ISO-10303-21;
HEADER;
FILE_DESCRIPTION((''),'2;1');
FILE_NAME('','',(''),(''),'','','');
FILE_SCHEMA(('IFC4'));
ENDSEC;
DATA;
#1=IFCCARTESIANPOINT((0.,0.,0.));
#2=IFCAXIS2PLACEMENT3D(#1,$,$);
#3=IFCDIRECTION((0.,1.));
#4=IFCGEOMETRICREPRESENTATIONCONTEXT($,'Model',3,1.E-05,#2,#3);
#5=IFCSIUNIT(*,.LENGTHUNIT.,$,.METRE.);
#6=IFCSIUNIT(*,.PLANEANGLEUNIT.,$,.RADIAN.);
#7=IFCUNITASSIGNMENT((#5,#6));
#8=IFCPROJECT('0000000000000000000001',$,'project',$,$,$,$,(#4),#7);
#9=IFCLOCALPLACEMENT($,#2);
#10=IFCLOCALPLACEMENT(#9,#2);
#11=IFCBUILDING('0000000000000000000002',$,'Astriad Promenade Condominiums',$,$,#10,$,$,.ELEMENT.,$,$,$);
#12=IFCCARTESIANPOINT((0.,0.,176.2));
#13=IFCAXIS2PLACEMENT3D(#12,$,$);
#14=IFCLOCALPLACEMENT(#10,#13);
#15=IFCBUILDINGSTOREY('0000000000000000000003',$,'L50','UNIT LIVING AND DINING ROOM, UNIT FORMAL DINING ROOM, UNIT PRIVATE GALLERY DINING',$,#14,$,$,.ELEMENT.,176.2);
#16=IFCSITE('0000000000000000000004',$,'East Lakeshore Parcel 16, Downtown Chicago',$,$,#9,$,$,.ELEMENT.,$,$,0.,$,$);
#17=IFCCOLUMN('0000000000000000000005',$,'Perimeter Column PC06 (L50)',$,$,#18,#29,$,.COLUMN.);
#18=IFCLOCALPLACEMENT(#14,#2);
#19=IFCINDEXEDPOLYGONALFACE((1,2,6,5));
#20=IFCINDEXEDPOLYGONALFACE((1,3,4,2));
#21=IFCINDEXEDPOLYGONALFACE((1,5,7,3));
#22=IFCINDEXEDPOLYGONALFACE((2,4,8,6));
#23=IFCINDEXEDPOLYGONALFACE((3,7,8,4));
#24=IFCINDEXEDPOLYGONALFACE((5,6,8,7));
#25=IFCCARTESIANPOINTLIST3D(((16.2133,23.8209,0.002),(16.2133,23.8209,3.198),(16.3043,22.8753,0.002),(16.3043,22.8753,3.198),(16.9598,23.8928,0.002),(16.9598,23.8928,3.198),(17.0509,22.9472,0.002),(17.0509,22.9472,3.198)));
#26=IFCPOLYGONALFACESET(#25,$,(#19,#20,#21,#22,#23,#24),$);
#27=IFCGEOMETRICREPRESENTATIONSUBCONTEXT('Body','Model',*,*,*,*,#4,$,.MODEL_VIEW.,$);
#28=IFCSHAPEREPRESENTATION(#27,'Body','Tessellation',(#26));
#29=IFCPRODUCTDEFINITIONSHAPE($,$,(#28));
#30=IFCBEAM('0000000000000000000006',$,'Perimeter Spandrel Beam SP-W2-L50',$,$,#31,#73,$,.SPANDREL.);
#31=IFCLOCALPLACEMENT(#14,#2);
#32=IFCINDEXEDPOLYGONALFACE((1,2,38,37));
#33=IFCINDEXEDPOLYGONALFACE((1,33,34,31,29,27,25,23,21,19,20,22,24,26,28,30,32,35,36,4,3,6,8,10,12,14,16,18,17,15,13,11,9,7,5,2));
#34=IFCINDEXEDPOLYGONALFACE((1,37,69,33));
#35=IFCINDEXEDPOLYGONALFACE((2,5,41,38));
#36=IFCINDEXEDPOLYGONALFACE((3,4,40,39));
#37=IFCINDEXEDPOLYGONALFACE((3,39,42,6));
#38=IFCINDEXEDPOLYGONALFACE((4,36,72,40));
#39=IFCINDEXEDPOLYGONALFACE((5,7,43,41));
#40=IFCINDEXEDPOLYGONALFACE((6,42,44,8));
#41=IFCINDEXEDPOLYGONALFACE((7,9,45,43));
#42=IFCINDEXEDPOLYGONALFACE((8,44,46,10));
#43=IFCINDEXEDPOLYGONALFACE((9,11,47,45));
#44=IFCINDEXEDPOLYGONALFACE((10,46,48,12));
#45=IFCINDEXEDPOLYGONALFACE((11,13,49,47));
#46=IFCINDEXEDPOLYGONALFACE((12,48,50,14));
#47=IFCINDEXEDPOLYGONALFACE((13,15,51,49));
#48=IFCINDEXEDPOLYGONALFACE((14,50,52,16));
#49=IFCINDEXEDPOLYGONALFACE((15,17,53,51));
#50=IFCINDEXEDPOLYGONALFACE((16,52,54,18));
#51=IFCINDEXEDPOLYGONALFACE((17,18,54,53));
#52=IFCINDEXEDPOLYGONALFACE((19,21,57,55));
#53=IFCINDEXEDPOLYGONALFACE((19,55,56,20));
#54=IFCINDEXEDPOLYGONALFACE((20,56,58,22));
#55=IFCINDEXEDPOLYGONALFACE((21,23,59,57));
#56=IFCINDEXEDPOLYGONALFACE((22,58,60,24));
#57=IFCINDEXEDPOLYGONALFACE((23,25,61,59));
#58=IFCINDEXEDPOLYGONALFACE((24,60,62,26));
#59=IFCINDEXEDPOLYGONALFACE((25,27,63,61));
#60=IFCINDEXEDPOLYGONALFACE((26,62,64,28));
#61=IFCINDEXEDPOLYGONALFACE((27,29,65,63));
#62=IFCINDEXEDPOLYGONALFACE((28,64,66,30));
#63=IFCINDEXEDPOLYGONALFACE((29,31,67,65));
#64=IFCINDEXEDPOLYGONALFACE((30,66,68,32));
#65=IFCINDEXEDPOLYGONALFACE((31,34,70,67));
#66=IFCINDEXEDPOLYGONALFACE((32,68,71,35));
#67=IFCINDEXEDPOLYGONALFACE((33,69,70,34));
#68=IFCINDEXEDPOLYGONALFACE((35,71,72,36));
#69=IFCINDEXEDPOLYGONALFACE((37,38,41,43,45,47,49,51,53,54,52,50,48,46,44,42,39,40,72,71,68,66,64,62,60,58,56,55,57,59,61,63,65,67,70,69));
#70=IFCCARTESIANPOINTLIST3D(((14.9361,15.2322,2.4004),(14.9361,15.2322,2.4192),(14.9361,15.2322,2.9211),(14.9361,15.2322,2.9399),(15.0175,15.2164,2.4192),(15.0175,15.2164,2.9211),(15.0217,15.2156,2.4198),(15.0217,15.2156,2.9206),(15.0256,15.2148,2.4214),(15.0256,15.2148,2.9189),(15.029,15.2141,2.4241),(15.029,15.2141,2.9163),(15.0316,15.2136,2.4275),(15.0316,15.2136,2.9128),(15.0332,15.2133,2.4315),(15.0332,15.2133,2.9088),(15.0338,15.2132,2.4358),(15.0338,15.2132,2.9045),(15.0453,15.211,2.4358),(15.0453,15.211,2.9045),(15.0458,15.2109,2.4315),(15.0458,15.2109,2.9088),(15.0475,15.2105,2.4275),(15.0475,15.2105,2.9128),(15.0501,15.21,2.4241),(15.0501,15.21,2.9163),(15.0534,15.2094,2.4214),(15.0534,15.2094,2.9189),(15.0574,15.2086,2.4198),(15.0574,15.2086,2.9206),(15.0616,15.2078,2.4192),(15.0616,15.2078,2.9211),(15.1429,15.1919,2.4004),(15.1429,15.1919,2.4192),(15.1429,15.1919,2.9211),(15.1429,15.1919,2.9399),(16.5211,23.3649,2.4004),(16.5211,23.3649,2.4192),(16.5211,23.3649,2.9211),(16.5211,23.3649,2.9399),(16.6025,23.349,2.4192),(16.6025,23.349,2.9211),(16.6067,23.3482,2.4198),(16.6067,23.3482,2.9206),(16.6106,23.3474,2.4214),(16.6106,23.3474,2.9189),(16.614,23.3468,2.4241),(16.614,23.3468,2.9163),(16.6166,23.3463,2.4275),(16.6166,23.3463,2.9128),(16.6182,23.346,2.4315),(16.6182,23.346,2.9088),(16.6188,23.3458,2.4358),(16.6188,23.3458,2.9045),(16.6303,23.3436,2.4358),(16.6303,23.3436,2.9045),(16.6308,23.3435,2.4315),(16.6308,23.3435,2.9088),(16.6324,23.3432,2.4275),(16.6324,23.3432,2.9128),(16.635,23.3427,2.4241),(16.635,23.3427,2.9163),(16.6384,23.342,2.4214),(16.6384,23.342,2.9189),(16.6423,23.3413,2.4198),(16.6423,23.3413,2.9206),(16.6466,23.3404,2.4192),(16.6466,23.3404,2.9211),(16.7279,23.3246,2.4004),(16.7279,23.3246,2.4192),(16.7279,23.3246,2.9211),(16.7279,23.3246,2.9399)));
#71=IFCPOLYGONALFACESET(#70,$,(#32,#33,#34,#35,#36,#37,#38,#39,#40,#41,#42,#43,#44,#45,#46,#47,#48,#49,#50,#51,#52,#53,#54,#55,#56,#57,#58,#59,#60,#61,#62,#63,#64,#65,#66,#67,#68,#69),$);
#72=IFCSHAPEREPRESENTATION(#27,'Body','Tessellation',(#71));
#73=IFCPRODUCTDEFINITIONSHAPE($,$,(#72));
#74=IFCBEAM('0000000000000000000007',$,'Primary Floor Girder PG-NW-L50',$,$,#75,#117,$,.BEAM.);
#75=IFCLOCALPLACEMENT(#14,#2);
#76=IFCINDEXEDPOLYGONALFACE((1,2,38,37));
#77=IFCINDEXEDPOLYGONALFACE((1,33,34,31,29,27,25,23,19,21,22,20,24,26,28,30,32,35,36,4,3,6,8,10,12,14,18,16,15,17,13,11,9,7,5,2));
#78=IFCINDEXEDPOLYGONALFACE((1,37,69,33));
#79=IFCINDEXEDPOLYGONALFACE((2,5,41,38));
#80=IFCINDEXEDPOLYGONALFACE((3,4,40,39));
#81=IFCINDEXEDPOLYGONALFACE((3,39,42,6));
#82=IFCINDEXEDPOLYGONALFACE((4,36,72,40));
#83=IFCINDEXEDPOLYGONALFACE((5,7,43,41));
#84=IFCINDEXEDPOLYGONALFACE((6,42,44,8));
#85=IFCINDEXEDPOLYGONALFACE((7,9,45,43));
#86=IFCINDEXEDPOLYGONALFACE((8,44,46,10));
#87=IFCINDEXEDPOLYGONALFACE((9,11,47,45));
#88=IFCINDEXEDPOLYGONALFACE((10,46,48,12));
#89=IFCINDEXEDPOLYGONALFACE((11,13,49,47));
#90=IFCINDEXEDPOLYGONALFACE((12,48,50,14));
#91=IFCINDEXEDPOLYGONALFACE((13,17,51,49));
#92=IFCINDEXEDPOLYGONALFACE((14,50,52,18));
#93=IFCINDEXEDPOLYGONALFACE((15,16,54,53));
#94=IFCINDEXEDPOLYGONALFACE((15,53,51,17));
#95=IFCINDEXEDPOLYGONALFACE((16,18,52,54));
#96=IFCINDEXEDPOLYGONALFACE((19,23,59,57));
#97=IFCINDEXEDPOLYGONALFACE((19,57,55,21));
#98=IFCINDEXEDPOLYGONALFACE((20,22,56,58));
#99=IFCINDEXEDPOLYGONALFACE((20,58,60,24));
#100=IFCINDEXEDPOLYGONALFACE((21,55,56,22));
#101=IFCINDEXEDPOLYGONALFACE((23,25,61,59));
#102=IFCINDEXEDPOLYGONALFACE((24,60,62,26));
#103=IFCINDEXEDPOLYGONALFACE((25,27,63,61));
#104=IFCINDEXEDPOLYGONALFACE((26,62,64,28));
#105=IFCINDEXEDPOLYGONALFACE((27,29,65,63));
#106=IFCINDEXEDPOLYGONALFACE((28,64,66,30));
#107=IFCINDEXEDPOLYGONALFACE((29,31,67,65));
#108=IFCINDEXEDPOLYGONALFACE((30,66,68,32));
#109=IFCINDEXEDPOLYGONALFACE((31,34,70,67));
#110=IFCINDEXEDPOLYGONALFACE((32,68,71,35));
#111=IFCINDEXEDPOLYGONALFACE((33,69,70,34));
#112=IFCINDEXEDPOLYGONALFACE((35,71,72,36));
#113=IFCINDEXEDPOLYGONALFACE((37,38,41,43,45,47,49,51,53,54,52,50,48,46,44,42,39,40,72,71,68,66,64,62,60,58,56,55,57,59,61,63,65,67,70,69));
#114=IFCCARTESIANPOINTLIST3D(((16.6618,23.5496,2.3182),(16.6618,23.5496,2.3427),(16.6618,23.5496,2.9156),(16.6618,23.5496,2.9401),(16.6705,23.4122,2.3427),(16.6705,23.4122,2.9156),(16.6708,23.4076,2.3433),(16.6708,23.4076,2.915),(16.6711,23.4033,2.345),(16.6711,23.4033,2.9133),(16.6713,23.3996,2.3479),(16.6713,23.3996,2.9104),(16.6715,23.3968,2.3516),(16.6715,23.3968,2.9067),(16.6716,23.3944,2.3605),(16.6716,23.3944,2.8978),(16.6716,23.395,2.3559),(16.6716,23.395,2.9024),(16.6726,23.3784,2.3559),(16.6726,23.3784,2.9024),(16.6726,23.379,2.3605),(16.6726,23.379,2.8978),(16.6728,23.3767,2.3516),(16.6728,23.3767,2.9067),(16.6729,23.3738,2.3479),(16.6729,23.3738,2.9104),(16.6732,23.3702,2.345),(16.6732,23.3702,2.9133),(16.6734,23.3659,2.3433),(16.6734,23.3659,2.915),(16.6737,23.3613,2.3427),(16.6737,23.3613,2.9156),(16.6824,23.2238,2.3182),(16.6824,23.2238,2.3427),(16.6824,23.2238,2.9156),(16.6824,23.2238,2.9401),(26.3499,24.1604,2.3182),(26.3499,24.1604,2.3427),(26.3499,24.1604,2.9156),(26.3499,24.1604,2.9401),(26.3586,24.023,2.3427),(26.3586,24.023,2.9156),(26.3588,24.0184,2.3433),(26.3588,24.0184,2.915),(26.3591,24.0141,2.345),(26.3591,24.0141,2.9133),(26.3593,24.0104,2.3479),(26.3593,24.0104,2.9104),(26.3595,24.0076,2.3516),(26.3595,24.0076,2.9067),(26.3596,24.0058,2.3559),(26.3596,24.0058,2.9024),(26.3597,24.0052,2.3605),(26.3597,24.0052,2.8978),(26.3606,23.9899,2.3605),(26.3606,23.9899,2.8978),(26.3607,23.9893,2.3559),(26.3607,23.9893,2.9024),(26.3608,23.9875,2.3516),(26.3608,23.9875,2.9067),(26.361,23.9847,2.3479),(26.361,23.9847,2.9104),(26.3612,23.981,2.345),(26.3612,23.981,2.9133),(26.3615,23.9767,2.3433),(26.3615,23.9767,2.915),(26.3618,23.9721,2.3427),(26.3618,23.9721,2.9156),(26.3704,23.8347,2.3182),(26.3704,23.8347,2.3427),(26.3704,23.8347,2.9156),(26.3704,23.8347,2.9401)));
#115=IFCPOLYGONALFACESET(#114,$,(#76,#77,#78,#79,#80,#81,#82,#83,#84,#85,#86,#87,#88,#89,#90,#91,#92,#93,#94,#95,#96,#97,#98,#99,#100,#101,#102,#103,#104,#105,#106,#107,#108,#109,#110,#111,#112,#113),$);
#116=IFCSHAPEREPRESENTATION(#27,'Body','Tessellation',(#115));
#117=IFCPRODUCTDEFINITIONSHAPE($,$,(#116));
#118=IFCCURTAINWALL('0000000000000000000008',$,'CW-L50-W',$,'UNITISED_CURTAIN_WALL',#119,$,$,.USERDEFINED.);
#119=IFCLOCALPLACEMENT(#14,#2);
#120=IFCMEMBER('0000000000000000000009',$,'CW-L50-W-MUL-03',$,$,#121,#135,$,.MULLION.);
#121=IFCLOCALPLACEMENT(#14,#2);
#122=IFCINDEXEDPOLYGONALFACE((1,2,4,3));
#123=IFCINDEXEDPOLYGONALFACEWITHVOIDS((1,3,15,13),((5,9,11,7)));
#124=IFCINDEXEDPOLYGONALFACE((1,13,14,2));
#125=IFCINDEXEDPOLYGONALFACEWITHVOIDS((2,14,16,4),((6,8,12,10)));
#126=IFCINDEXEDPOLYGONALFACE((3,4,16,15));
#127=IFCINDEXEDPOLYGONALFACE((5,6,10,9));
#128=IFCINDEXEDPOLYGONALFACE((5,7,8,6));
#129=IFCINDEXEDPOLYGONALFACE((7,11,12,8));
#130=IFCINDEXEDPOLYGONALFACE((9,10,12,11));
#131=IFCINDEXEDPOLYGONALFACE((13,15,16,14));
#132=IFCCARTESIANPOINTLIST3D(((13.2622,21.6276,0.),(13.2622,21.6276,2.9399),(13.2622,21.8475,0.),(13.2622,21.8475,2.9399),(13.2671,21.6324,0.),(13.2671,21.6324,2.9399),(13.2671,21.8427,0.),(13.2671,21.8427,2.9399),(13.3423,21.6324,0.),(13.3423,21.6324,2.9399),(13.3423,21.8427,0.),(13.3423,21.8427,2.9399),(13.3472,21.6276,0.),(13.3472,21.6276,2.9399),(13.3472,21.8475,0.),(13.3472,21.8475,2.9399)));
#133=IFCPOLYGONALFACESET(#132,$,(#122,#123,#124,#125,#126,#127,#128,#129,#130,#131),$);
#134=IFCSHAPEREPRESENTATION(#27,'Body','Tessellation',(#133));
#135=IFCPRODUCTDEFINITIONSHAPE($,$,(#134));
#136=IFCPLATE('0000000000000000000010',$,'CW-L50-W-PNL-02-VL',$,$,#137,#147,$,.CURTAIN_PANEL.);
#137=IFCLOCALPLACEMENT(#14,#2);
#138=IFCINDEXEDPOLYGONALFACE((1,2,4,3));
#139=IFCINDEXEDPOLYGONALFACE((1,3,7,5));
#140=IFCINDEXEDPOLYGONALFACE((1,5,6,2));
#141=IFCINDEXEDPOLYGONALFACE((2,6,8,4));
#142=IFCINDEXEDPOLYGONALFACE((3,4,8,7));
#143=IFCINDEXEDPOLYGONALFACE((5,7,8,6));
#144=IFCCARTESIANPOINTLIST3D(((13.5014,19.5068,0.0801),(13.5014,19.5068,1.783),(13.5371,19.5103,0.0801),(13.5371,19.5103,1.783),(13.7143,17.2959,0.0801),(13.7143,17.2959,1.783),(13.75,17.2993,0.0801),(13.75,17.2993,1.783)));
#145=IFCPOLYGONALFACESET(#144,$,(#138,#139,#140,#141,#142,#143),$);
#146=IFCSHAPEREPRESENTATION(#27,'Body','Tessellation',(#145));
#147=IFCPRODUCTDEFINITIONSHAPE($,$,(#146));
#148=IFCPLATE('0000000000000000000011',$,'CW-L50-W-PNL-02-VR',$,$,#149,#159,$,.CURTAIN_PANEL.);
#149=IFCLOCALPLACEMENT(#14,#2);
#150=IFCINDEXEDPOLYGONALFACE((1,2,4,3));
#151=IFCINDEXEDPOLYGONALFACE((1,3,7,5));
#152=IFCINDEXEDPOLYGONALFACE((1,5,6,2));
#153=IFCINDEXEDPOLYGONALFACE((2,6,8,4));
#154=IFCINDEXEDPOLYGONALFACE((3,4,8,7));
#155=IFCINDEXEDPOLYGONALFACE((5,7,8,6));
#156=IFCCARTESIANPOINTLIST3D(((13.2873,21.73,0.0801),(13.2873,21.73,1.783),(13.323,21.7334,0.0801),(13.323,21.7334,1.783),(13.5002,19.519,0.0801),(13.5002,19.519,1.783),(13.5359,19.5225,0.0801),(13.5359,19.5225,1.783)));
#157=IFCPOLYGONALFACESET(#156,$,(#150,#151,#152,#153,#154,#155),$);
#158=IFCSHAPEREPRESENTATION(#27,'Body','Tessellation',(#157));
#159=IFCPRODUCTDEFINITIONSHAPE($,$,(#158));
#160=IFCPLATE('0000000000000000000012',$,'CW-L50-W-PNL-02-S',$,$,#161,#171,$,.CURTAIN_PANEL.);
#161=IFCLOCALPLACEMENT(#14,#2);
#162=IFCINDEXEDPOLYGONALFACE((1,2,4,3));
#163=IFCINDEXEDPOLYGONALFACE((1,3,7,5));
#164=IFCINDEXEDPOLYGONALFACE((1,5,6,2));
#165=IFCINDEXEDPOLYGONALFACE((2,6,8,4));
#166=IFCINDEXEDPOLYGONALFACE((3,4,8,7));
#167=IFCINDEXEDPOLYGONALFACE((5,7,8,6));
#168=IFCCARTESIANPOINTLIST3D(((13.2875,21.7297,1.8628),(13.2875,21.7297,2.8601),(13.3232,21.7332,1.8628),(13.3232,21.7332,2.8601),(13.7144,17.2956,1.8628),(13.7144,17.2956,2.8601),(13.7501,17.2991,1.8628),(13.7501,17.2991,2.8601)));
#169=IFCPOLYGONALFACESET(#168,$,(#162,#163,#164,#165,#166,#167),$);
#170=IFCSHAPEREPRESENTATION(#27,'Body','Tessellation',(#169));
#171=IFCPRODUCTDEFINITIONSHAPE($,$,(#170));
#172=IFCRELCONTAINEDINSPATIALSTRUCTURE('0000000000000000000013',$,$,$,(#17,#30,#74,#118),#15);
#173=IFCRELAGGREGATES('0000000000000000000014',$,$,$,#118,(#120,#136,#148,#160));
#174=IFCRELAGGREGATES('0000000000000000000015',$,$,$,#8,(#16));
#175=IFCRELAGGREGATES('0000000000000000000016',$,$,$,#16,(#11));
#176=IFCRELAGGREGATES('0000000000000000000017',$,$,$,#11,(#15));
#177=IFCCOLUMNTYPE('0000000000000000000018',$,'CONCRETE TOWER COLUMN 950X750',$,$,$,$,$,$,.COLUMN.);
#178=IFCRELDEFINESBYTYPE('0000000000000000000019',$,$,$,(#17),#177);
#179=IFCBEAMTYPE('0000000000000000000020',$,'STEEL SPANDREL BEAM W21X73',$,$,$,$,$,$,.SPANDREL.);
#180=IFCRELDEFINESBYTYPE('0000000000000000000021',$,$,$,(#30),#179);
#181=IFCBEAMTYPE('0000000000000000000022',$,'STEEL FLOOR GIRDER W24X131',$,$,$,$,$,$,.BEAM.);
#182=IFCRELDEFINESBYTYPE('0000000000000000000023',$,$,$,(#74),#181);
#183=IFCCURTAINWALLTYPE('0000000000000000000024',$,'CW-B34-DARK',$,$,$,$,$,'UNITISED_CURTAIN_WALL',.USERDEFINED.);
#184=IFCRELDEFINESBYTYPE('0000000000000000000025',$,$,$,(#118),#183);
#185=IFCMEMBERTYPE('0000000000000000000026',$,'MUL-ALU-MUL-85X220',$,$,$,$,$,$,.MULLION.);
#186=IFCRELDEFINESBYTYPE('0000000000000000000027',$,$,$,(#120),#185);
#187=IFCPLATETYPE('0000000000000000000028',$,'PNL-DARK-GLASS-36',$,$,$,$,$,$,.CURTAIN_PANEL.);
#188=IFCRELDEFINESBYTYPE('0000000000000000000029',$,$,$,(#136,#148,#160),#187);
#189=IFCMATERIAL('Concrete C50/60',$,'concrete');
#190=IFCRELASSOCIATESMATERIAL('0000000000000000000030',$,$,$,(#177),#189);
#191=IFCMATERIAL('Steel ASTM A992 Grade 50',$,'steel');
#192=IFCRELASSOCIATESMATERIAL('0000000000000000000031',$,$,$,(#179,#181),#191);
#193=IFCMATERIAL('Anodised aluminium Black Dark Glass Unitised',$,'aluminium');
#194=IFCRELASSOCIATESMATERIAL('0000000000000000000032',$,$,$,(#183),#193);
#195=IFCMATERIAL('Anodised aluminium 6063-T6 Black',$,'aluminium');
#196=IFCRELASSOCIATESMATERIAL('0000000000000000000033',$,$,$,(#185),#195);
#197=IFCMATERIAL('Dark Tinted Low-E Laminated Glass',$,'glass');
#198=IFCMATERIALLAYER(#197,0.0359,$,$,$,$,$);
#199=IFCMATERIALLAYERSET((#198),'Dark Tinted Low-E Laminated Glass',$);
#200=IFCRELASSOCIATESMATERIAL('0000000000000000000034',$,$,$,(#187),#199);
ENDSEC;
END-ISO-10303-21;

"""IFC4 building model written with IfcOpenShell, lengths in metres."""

from ifc_helpers import new_model, si_unit, direction, frame, origin, origin_2d, place, context, subcontext, project, spatial, rectangle, hollow_rectangle, i_section, extrude, source, transform, mapped, material, layer, layer_set, material_profile, profile_set, type_object, type_shapes, element, aggregate, save


model = new_model("IFC4")

# Units and contexts
model_context = context("Model", 3, precision=1e-05, world=origin(), true_north=direction((0.0, 1.0)))
body_context = subcontext(model_context, "Body", "Model", "MODEL_VIEW")
ifc_project = project(units=[si_unit("LENGTHUNIT", "METRE"), si_unit("PLANEANGLEUNIT", "RADIAN")], contexts=[model_context])

# Site, building, storey
site_placement = place(None, origin())
site = spatial("IfcSite", under=ifc_project, at=site_placement, Name="East Lakeshore Parcel 16, Downtown Chicago", CompositionType="ELEMENT", RefElevation=0.0)
building_placement = place(site_placement, origin())
building = spatial("IfcBuilding", under=site, at=building_placement, Name="Astriad Promenade Condominiums", CompositionType="ELEMENT")
storey_placement = place(building_placement, frame((0.0, 0.0, 176.2)))
storey = spatial("IfcBuildingStorey", under=building, at=storey_placement, Name="L50", Description="UNIT LIVING AND DINING ROOM, UNIT FORMAL DINING ROOM, UNIT PRIVATE GALLERY DINING", CompositionType="ELEMENT", Elevation=176.2)

# Column
ifc_material_1 = material(Name="Concrete C50/60", Category="concrete")
ifc_material_profile_1 = material_profile(ifc_material_1, rectangle(XDim=0.75, YDim=0.95, at=origin_2d()), Name="RC-COL-950X750")
ifc_profile_set_1 = profile_set([ifc_material_profile_1], Name="Concrete C50/60")
column_type = type_object("IfcColumnType", Name="CONCRETE TOWER COLUMN 950X750", PredefinedType="COLUMN", material=ifc_profile_set_1)
shared_shape_1 = source(origin(), body_context, "Body", "SweptSolid", [
    extrude(rectangle(XDim=0.75, YDim=0.95, at=origin_2d()), origin(), (0.0, 0.0, 1.0), 3.196),
])
type_shapes(column_type, [shared_shape_1])
column_placement = place(storey_placement, frame((16.6321, 23.384, 0.002), z_axis=(0.0, 0.0, 1.0), x_axis=(0.995396, 0.095846, 0.0)))
element("IfcColumn", 1, at=column_placement, inside=storey, type_object=column_type, Name="Perimeter Column PC06 (L50)", PredefinedType="COLUMN", context=body_context, shape_type="MappedRepresentation", body=[
    mapped(shared_shape_1, transform((0.0, 0.0, 0.0), scale=1.0)),
])

# Beams
ifc_material_2 = material(Name="Steel ASTM A992 Grade 50", Category="steel")
ifc_material_profile_2 = material_profile(ifc_material_2, i_section(OverallWidth=0.2107, OverallDepth=0.5396, WebThickness=0.0117, FlangeThickness=0.0188, FilletRadius=0.0166, at=origin_2d()), Name="W21X73")
ifc_profile_set_2 = profile_set([ifc_material_profile_2], Name="Steel ASTM A992 Grade 50")
beam_type_1 = type_object("IfcBeamType", Name="STEEL SPANDREL BEAM W21X73", PredefinedType="SPANDREL", material=ifc_profile_set_2)
shared_shape_2 = source(origin(), body_context, "Body", "SweptSolid", [
    extrude(i_section(OverallWidth=0.2107, OverallDepth=0.5396, WebThickness=0.0117, FlangeThickness=0.0188, FilletRadius=0.0166, at=origin_2d()), origin(), (0.0, 0.0, 1.0), 8.2856),
])
type_shapes(beam_type_1, [shared_shape_2])
beam_1_placement = place(storey_placement, frame((16.6245, 23.3447, 2.6702), z_axis=(-0.191292, -0.981533, 0.0), x_axis=(0.981533, -0.191292, 0.0)))
element("IfcBeam", 2, at=beam_1_placement, inside=storey, type_object=beam_type_1, Name="Perimeter Spandrel Beam SP-W2-L50", PredefinedType="SPANDREL", context=body_context, shape_type="MappedRepresentation", body=[
    mapped(shared_shape_2, transform((0.0, 0.0, 0.0), scale=1.0)),
])
ifc_material_profile_3 = material_profile(ifc_material_2, i_section(OverallWidth=0.3264, OverallDepth=0.6218, WebThickness=0.0154, FlangeThickness=0.0244, FilletRadius=0.0178, at=origin_2d()), Name="W24X131")
ifc_profile_set_3 = profile_set([ifc_material_profile_3], Name="Steel ASTM A992 Grade 50")
beam_type_2 = type_object("IfcBeamType", Name="STEEL FLOOR GIRDER W24X131", PredefinedType="BEAM", material=ifc_profile_set_3)
shared_shape_3 = source(origin(), body_context, "Body", "SweptSolid", [
    extrude(i_section(OverallWidth=0.3264, OverallDepth=0.6218, WebThickness=0.0154, FlangeThickness=0.0244, FilletRadius=0.0178, at=origin_2d()), origin(), (0.0, 0.0, 1.0), 9.7073),
])
type_shapes(beam_type_2, [shared_shape_3])
beam_2_placement = place(storey_placement, frame((16.6721, 23.3867, 2.6292), z_axis=(0.998018, 0.062926, 0.0), x_axis=(-0.062926, 0.998018, 0.0)))
element("IfcBeam", 3, at=beam_2_placement, inside=storey, type_object=beam_type_2, Name="Primary Floor Girder PG-NW-L50", PredefinedType="BEAM", context=body_context, shape_type="MappedRepresentation", body=[
    mapped(shared_shape_3, transform((0.0, 0.0, 0.0), scale=1.0)),
])

# Curtain wall, member, plates
ifc_material_3 = material(Name="Anodised aluminium Black Dark Glass Unitised", Category="aluminium")
curtain_wall_type = type_object("IfcCurtainWallType", Name="CW-B34-DARK", ElementType="UNITISED_CURTAIN_WALL", PredefinedType="USERDEFINED", material=ifc_material_3)
curtain_wall_placement = place(storey_placement, origin())
curtain_wall = element("IfcCurtainWall", 4, at=curtain_wall_placement, inside=storey, type_object=curtain_wall_type, Name="CW-L50-W", ObjectType="UNITISED_CURTAIN_WALL", PredefinedType="USERDEFINED")
ifc_material_4 = material(Name="Anodised aluminium 6063-T6 Black", Category="aluminium")
ifc_material_profile_4 = material_profile(ifc_material_4, hollow_rectangle(XDim=0.085, YDim=0.22, WallThickness=0.0049, at=origin_2d()), Name="ALU-MUL-85X220")
ifc_profile_set_4 = profile_set([ifc_material_profile_4], Name="Anodised aluminium 6063-T6 Black")
member_type = type_object("IfcMemberType", Name="MUL-ALU-MUL-85X220", PredefinedType="MULLION", material=ifc_profile_set_4)
shared_shape_4 = source(origin(), body_context, "Body", "SweptSolid", [
    extrude(hollow_rectangle(XDim=0.085, YDim=0.22, WallThickness=0.0049, at=origin_2d()), origin(), (0.0, 0.0, 1.0), 2.9399),
])
type_shapes(member_type, [shared_shape_4])
member_placement = place(storey_placement, frame((13.3047, 21.7375, 0.0), z_axis=(0.0, 0.0, 1.0), x_axis=(1.0, 0.0, 0.0)))
member = element("IfcMember", 5, at=member_placement, type_object=member_type, Name="CW-L50-W-MUL-03", PredefinedType="MULLION", context=body_context, shape_type="MappedRepresentation", body=[
    mapped(shared_shape_4, transform((0.0, 0.0, 0.0), scale=1.0)),
])
ifc_material_5 = material(Name="Dark Tinted Low-E Laminated Glass", Category="glass")
ifc_layer_1 = layer(ifc_material_5, 0.0359)
ifc_layer_set_1 = layer_set([ifc_layer_1], Name="Dark Tinted Low-E Laminated Glass")
plate_type = type_object("IfcPlateType", Name="PNL-DARK-GLASS-36", PredefinedType="CURTAIN_PANEL", material=ifc_layer_set_1)
shared_shape_5 = source(origin(), body_context, "Body", "SweptSolid", [
    extrude(rectangle(XDim=2.2212, YDim=0.0359, at=origin_2d()), origin(), (0.0, 0.0, 1.0), 1.7029),
])
plate_1_placement = place(storey_placement, frame((13.6257, 18.4031, 0.0801), z_axis=(0.0, 0.0, 1.0), x_axis=(-0.095846, 0.995396, 0.0)))
plate_1 = element("IfcPlate", 6, at=plate_1_placement, type_object=plate_type, Name="CW-L50-W-PNL-02-VL", PredefinedType="CURTAIN_PANEL", context=body_context, shape_type="MappedRepresentation", body=[
    mapped(shared_shape_5, transform((0.0, 0.0, 0.0), scale=1.0)),
])
plate_2_placement = place(storey_placement, frame((13.4116, 20.6262, 0.0801), z_axis=(0.0, 0.0, 1.0), x_axis=(-0.095846, 0.995396, 0.0)))
plate_2 = element("IfcPlate", 7, at=plate_2_placement, type_object=plate_type, Name="CW-L50-W-PNL-02-VR", PredefinedType="CURTAIN_PANEL", context=body_context, shape_type="MappedRepresentation", body=[
    mapped(shared_shape_5, transform((0.0, 0.0, 0.0), scale=1.0)),
])
shared_shape_6 = source(origin(), body_context, "Body", "SweptSolid", [
    extrude(rectangle(XDim=4.4546, YDim=0.0359, at=origin_2d()), origin(), (0.0, 0.0, 1.0), 0.9973),
])
type_shapes(plate_type, [shared_shape_5, shared_shape_6])
plate_3_placement = place(storey_placement, frame((13.5188, 19.5144, 1.8628), z_axis=(0.0, 0.0, 1.0), x_axis=(-0.095846, 0.995396, 0.0)))
plate_3 = element("IfcPlate", 8, at=plate_3_placement, type_object=plate_type, Name="CW-L50-W-PNL-02-S", PredefinedType="CURTAIN_PANEL", context=body_context, shape_type="MappedRepresentation", body=[
    mapped(shared_shape_6, transform((0.0, 0.0, 0.0), scale=1.0)),
])
aggregate(curtain_wall, [member, plate_1, plate_2, plate_3])

save(model, "model.ifc")
